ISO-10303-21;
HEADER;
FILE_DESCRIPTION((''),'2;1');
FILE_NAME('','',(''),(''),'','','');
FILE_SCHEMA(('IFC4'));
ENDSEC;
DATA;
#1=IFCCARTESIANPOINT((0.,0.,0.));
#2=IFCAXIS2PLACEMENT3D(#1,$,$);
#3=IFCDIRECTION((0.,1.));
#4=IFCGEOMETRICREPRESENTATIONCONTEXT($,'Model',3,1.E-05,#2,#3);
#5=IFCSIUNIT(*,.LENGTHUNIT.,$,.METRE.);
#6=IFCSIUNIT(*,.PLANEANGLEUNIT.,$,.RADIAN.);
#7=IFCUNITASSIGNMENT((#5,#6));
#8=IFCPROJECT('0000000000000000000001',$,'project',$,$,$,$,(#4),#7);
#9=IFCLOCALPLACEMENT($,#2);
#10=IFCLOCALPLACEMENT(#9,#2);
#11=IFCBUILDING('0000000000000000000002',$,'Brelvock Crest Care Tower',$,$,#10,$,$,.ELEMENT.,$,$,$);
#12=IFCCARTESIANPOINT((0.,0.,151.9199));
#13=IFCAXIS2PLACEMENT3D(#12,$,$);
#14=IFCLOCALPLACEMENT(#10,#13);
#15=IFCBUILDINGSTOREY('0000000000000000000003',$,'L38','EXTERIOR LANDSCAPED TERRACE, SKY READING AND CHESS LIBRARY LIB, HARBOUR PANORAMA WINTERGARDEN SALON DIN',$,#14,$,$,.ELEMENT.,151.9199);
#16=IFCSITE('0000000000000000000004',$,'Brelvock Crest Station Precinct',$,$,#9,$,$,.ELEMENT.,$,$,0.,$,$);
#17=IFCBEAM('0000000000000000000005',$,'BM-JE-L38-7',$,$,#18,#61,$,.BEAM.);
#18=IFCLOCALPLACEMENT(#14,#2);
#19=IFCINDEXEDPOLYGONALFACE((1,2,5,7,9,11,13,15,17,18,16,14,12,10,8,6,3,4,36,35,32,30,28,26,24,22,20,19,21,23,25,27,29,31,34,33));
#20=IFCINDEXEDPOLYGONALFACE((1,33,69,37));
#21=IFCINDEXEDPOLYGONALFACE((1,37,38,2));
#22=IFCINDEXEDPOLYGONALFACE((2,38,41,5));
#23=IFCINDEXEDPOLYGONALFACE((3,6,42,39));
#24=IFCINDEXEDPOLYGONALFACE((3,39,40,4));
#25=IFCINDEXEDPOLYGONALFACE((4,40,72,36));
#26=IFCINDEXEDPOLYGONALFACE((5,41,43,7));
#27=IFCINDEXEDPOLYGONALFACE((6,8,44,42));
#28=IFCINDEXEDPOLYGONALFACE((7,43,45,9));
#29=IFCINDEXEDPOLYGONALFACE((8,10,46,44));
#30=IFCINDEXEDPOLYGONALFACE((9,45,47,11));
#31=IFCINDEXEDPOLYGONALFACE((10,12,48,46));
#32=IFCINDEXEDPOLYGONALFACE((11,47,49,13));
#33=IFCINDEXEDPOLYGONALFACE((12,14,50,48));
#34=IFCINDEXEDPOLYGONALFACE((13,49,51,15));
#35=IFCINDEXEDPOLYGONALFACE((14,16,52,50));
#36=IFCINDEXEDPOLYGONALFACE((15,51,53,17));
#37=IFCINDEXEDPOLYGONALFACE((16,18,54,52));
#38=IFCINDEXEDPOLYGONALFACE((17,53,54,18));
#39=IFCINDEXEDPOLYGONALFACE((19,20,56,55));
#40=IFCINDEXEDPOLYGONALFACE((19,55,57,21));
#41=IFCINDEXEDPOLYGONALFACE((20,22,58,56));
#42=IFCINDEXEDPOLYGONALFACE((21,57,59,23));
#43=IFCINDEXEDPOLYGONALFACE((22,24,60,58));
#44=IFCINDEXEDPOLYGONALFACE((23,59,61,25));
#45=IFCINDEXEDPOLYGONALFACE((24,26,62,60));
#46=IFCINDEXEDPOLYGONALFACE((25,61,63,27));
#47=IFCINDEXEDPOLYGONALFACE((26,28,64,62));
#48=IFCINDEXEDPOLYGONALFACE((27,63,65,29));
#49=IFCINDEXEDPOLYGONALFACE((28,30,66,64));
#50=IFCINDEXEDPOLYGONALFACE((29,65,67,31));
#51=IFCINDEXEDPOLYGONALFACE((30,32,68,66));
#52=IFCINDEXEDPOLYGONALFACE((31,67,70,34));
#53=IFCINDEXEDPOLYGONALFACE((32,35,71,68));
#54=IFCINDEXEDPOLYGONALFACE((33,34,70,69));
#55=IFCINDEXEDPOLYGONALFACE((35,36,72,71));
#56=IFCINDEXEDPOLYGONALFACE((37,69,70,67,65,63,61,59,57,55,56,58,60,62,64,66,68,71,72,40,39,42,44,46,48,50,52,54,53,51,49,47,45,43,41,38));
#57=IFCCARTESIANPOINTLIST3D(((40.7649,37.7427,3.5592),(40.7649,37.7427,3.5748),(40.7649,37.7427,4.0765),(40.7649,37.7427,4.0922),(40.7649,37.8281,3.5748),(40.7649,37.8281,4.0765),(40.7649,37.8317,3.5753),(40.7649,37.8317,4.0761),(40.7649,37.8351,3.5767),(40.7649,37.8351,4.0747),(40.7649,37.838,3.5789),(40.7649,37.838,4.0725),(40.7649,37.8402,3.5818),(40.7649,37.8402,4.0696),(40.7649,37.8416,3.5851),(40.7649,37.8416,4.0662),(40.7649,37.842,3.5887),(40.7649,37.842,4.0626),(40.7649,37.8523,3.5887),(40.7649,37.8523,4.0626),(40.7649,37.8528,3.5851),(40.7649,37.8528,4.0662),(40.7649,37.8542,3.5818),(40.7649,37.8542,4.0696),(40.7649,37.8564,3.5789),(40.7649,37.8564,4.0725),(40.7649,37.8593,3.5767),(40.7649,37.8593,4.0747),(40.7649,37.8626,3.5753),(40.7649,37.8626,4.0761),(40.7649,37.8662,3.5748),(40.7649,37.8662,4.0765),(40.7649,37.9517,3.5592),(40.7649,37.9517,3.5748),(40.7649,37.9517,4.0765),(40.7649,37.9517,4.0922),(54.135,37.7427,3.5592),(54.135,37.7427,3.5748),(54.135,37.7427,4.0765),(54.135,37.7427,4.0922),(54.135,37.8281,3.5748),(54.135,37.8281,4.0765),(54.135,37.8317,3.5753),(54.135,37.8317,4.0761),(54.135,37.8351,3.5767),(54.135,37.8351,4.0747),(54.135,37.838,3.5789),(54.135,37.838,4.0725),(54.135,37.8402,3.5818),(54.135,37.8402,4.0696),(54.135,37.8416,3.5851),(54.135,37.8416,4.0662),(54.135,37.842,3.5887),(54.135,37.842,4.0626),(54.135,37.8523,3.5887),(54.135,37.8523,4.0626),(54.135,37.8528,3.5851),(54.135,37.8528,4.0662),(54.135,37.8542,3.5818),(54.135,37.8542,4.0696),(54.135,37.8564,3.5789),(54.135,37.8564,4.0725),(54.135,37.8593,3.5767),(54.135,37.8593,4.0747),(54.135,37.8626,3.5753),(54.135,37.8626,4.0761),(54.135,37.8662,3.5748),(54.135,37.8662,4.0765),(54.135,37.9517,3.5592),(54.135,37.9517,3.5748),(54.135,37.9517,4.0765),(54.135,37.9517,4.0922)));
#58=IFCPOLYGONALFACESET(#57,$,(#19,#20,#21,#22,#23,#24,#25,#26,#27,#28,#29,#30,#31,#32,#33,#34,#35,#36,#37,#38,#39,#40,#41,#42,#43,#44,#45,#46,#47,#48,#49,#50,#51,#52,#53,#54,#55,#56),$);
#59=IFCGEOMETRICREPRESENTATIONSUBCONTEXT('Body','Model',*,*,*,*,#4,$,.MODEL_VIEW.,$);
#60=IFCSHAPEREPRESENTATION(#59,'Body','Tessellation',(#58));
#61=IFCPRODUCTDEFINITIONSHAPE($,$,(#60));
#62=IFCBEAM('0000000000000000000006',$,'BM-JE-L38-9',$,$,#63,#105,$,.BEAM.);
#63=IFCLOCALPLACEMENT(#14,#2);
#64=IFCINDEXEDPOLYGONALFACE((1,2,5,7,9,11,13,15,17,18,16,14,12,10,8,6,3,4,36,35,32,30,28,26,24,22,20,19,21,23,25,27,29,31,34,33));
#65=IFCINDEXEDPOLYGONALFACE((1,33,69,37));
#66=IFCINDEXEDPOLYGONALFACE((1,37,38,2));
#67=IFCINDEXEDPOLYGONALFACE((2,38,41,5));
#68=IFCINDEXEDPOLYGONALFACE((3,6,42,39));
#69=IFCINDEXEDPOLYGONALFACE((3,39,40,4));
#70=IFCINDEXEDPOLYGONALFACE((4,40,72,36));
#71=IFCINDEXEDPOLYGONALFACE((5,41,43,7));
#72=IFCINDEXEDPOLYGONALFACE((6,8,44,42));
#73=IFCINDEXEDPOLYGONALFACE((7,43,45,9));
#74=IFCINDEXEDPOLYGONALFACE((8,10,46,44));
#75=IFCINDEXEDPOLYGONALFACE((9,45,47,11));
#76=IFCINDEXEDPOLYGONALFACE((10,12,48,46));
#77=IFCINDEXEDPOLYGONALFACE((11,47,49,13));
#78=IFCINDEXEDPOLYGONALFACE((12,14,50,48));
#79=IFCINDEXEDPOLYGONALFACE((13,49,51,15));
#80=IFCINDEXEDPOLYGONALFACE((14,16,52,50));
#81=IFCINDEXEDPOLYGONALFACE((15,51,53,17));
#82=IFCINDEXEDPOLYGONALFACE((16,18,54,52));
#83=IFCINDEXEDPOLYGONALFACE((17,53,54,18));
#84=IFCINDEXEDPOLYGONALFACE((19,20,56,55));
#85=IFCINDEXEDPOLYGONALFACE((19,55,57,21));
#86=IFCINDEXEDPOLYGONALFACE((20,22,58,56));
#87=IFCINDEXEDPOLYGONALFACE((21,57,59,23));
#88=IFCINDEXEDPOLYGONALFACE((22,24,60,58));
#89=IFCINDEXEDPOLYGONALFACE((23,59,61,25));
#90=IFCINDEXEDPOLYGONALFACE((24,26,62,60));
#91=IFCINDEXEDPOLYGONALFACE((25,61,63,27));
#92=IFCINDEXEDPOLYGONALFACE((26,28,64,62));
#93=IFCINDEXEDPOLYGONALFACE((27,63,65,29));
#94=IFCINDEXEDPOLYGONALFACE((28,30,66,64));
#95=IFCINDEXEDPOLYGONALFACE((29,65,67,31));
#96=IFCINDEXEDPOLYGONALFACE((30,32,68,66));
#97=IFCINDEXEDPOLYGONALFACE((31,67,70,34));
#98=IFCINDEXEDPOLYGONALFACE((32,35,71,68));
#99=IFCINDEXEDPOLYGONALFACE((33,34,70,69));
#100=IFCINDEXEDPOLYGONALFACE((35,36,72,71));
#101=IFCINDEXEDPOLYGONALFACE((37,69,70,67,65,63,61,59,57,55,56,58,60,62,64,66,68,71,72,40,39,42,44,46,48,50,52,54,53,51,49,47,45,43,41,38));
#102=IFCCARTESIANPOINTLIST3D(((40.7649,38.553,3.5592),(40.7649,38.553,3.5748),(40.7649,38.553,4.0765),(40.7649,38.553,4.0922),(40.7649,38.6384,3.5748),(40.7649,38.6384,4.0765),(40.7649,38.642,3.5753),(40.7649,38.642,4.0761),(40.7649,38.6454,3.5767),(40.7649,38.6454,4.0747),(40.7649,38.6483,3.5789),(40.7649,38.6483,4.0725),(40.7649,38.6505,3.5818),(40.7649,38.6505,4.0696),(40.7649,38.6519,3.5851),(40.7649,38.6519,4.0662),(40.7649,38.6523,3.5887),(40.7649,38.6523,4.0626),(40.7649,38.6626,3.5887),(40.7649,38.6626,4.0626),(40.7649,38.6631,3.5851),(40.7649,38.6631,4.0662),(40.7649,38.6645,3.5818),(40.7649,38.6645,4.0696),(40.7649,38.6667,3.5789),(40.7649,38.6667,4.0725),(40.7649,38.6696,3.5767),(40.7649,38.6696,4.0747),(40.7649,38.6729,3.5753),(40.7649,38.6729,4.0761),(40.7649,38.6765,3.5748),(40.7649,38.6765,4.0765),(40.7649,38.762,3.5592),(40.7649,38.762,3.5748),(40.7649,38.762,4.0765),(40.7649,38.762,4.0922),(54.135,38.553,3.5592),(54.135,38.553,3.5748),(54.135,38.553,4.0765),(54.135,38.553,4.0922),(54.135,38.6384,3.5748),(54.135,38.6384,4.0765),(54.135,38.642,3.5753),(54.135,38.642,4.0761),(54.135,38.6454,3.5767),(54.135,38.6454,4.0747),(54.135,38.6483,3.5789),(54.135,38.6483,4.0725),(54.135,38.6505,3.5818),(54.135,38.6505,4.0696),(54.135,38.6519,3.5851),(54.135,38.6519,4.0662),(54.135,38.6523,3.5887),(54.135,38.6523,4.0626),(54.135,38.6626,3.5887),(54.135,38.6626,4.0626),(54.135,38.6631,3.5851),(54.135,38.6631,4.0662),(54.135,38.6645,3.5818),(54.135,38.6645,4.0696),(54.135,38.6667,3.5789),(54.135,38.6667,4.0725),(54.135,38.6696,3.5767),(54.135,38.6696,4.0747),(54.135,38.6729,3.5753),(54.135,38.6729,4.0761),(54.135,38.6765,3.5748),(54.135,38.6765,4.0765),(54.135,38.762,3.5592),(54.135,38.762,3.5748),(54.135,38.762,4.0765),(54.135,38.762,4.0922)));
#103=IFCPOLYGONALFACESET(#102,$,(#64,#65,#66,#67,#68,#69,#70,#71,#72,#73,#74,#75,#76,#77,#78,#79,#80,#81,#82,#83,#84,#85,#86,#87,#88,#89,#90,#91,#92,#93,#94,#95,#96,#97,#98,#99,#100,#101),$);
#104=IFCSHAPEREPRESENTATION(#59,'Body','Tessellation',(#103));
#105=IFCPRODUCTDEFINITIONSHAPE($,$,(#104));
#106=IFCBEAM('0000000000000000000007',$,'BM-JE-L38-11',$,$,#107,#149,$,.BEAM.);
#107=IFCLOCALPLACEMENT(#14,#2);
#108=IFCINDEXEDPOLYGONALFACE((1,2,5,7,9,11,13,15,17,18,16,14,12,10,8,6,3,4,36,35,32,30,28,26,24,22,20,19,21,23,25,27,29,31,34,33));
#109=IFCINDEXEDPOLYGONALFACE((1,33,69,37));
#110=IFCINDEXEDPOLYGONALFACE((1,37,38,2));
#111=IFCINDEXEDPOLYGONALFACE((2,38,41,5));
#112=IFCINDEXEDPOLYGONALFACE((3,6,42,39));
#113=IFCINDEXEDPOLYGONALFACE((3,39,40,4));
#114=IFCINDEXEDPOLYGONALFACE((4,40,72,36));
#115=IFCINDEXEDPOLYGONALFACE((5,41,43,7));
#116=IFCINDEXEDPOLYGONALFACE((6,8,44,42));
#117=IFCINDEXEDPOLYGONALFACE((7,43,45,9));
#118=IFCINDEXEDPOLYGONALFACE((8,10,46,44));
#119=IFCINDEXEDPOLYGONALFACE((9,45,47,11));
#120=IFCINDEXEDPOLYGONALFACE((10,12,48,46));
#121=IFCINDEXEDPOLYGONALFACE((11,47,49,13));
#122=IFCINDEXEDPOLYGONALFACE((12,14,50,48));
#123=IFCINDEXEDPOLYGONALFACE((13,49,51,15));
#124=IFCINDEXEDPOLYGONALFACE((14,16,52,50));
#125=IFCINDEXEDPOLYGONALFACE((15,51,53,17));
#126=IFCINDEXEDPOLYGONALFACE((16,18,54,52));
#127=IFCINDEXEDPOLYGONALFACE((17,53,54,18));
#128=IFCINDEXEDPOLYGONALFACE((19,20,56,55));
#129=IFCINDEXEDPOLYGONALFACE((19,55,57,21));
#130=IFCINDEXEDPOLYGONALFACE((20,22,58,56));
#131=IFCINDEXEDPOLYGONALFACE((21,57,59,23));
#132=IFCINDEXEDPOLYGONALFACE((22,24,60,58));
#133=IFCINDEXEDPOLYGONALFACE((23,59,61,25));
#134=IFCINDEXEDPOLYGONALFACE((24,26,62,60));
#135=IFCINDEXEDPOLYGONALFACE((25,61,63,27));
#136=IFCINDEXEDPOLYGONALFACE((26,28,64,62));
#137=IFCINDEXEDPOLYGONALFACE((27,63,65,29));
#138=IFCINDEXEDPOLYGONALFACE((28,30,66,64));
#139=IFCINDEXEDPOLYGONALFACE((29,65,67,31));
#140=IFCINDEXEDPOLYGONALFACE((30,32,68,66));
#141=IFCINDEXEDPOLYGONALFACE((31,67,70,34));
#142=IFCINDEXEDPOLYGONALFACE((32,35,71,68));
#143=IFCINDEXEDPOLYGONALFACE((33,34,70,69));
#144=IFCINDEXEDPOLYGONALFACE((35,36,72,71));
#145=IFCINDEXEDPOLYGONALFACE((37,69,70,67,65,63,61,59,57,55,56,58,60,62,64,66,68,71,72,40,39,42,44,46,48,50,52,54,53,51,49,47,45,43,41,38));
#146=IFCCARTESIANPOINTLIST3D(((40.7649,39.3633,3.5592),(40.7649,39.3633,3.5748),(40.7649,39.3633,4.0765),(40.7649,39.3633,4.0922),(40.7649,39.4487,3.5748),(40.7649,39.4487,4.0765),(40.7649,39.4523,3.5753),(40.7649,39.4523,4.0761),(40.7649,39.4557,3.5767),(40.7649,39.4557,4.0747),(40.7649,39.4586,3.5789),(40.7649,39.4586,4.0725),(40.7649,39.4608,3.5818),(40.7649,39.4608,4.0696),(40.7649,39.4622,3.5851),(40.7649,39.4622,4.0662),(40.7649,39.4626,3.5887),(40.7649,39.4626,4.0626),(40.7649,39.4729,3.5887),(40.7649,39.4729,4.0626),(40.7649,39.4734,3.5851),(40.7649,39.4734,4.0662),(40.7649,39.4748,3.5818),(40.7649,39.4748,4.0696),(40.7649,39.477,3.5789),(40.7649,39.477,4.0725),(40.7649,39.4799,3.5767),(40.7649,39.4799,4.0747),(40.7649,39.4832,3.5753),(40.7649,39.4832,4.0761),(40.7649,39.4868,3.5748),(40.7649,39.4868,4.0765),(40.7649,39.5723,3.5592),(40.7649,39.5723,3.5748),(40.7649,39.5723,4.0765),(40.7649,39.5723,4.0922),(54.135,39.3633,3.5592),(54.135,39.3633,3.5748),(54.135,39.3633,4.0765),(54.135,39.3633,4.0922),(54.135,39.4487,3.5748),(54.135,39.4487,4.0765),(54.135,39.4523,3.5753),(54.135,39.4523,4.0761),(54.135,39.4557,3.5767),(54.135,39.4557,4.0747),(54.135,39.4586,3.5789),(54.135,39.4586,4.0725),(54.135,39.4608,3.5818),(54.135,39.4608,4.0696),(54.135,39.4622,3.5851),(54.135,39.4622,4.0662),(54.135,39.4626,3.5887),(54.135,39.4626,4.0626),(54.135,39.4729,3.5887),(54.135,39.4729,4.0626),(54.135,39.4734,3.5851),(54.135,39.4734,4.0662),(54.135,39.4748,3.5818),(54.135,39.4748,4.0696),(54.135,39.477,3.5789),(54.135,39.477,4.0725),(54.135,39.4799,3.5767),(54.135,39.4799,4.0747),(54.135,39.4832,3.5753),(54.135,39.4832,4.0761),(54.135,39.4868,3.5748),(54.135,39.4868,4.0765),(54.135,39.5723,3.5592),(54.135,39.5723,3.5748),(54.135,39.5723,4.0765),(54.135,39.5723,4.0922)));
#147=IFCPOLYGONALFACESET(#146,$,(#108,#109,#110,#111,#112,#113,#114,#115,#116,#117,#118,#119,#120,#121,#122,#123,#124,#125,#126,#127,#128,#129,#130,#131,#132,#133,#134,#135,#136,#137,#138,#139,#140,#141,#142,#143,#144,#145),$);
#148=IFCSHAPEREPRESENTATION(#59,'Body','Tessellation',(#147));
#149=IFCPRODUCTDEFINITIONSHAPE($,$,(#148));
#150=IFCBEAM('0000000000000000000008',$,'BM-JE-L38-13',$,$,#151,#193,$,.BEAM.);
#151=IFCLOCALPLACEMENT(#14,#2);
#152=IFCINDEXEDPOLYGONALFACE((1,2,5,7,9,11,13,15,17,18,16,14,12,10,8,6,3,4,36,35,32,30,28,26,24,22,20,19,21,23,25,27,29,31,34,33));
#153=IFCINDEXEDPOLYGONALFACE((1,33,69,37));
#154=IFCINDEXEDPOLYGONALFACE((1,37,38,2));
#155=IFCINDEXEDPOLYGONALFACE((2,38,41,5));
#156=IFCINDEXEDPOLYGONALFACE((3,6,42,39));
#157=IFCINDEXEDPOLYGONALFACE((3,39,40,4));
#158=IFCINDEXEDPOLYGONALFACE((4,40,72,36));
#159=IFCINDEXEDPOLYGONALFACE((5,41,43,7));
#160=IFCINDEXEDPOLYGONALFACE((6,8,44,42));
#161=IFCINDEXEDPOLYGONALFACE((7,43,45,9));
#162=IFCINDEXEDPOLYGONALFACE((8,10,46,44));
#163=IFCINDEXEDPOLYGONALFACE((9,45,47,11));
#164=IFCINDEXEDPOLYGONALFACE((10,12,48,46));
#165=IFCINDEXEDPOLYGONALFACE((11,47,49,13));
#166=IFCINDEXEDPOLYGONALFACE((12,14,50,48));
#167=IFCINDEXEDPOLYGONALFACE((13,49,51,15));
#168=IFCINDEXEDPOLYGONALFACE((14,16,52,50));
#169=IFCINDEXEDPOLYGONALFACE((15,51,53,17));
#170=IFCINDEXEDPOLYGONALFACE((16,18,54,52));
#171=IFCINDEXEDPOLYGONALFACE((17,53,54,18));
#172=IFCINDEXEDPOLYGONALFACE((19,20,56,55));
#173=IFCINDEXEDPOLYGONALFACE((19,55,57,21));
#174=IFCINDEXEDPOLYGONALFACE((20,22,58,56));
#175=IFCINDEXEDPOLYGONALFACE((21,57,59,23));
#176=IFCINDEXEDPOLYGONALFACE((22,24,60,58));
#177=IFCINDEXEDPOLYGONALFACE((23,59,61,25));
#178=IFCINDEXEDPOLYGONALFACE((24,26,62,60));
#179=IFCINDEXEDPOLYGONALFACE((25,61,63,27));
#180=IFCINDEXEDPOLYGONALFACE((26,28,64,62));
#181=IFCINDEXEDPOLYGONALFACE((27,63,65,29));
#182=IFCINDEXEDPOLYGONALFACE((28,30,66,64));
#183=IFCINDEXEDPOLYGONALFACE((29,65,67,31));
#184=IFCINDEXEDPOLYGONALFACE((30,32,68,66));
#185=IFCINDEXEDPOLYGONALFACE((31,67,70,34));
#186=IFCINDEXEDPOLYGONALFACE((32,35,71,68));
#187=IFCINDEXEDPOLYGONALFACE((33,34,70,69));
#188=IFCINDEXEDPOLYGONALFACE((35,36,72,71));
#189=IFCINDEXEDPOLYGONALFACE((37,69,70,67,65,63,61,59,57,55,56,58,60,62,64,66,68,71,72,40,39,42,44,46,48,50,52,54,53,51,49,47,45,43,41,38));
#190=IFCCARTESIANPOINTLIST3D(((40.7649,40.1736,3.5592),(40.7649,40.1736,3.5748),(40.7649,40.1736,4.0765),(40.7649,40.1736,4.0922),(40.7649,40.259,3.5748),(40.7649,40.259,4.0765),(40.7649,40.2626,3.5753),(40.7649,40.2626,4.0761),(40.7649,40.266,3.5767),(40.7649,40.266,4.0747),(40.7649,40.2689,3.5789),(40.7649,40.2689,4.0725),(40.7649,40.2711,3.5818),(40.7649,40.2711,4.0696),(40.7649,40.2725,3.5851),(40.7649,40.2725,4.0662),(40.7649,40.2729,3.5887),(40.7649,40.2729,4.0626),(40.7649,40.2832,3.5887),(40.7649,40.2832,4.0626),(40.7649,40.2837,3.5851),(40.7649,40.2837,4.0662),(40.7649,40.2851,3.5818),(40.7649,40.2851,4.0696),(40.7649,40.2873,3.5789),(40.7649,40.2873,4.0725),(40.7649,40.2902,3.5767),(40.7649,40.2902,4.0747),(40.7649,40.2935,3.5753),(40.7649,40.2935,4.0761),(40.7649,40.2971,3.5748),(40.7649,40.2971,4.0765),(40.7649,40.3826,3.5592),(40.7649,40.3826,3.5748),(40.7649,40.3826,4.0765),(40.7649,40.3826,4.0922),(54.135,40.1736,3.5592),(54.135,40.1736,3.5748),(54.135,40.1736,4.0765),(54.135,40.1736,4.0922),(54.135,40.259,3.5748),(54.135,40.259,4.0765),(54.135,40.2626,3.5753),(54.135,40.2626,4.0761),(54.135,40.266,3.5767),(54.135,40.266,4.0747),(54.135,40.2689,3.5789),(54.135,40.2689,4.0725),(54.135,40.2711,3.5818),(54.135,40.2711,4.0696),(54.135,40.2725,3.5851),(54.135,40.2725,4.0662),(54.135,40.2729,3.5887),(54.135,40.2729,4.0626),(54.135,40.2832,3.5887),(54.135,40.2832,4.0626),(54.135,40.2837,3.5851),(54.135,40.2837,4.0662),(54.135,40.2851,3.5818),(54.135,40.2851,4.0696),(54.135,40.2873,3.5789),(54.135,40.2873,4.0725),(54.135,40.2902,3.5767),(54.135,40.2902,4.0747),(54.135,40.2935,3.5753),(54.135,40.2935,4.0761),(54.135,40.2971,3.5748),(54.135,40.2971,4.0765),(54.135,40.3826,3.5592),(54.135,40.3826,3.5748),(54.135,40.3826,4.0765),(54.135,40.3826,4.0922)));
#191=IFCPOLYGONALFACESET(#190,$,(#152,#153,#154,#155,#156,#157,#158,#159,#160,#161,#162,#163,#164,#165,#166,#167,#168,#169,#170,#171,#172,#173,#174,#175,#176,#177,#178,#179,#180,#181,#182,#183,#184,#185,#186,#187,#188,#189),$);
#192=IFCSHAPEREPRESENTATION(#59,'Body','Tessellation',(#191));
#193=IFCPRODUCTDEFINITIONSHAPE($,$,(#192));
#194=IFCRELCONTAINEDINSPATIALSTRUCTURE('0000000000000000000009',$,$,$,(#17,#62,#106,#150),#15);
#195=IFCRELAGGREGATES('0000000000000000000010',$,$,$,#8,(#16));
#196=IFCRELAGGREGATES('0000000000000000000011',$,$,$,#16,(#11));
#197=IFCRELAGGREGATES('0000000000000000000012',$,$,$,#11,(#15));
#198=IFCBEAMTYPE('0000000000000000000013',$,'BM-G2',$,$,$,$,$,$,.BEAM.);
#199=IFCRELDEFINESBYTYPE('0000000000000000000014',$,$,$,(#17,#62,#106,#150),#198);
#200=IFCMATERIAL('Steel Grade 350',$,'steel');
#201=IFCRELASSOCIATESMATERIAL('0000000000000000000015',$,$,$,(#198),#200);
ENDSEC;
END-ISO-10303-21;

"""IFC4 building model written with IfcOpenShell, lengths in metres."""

from ifc_helpers import new_model, si_unit, direction, frame, origin, origin_2d, place, context, subcontext, project, spatial, i_section, extrude, source, transform, mapped, material, material_profile, profile_set, type_object, element, save


model = new_model("IFC4")

# Units and contexts
model_context = context("Model", 3, precision=1e-05, world=origin(), true_north=direction((0.0, 1.0)))
body_context = subcontext(model_context, "Body", "Model", "MODEL_VIEW")
ifc_project = project(units=[si_unit("LENGTHUNIT", "METRE"), si_unit("PLANEANGLEUNIT", "RADIAN")], contexts=[model_context])

# Site, building, storey
site_placement = place(None, origin())
site = spatial("IfcSite", under=ifc_project, at=site_placement, Name="Brelvock Crest Station Precinct", CompositionType="ELEMENT", RefElevation=0.0)
building_placement = place(site_placement, origin())
building = spatial("IfcBuilding", under=site, at=building_placement, Name="Brelvock Crest Care Tower", CompositionType="ELEMENT")
storey_placement = place(building_placement, frame((0.0, 0.0, 151.9199)))
storey = spatial("IfcBuildingStorey", under=building, at=storey_placement, Name="L38", Description="EXTERIOR LANDSCAPED TERRACE, SKY READING AND CHESS LIBRARY LIB, HARBOUR PANORAMA WINTERGARDEN SALON DIN", CompositionType="ELEMENT", Elevation=151.9199)

# Beams
ifc_material_1 = material(Name="Steel Grade 350", Category="steel")
ifc_material_profile_1 = material_profile(ifc_material_1, i_section(OverallWidth=0.209, OverallDepth=0.533, WebThickness=0.0103, FlangeThickness=0.0156, FilletRadius=0.0139, at=origin_2d()), Name="530UB92.4")
ifc_profile_set_1 = profile_set([ifc_material_profile_1], Name="Steel Grade 350")
beam_type_1 = type_object("IfcBeamType", Name="BM-G2", PredefinedType="BEAM", material=ifc_profile_set_1)
shared_shape_1 = source(origin(), body_context, "Body", "SweptSolid", [
    extrude(i_section(OverallWidth=0.209, OverallDepth=0.533, WebThickness=0.0103, FlangeThickness=0.0156, FilletRadius=0.0139, at=origin_2d()), origin(), (0.0, 0.0, 1.0), 13.3701),
])
for number, where, z_axis, x_axis, name in (
    (1, (40.7649, 37.8472, 3.8257), (1.0, 0.0, 0.0), (0.0, 1.0, 0.0), "BM-JE-L38-7"),
    (2, (40.7649, 38.6575, 3.8257), (1.0, 0.0, 0.0), (0.0, 1.0, 0.0), "BM-JE-L38-9"),
    (3, (40.7649, 39.4678, 3.8257), (1.0, 0.0, 0.0), (0.0, 1.0, 0.0), "BM-JE-L38-11"),
    (4, (40.7649, 40.2781, 3.8257), (1.0, 0.0, 0.0), (0.0, 1.0, 0.0), "BM-JE-L38-13"),
):
    element("IfcBeam", number, at=place(storey_placement, frame(where, z_axis=z_axis, x_axis=x_axis)), inside=storey, type_object=beam_type_1, Name=name, PredefinedType="BEAM", context=body_context, shape_type="MappedRepresentation", body=[
        mapped(shared_shape_1, transform((0.0, 0.0, 0.0), x_axis=(1.0, 0.0, 0.0), y_axis=(0.0, 1.0, 0.0), z_axis=(0.0, 0.0, 1.0), scale=1.0)),
    ])

save(model, "model.ifc")
